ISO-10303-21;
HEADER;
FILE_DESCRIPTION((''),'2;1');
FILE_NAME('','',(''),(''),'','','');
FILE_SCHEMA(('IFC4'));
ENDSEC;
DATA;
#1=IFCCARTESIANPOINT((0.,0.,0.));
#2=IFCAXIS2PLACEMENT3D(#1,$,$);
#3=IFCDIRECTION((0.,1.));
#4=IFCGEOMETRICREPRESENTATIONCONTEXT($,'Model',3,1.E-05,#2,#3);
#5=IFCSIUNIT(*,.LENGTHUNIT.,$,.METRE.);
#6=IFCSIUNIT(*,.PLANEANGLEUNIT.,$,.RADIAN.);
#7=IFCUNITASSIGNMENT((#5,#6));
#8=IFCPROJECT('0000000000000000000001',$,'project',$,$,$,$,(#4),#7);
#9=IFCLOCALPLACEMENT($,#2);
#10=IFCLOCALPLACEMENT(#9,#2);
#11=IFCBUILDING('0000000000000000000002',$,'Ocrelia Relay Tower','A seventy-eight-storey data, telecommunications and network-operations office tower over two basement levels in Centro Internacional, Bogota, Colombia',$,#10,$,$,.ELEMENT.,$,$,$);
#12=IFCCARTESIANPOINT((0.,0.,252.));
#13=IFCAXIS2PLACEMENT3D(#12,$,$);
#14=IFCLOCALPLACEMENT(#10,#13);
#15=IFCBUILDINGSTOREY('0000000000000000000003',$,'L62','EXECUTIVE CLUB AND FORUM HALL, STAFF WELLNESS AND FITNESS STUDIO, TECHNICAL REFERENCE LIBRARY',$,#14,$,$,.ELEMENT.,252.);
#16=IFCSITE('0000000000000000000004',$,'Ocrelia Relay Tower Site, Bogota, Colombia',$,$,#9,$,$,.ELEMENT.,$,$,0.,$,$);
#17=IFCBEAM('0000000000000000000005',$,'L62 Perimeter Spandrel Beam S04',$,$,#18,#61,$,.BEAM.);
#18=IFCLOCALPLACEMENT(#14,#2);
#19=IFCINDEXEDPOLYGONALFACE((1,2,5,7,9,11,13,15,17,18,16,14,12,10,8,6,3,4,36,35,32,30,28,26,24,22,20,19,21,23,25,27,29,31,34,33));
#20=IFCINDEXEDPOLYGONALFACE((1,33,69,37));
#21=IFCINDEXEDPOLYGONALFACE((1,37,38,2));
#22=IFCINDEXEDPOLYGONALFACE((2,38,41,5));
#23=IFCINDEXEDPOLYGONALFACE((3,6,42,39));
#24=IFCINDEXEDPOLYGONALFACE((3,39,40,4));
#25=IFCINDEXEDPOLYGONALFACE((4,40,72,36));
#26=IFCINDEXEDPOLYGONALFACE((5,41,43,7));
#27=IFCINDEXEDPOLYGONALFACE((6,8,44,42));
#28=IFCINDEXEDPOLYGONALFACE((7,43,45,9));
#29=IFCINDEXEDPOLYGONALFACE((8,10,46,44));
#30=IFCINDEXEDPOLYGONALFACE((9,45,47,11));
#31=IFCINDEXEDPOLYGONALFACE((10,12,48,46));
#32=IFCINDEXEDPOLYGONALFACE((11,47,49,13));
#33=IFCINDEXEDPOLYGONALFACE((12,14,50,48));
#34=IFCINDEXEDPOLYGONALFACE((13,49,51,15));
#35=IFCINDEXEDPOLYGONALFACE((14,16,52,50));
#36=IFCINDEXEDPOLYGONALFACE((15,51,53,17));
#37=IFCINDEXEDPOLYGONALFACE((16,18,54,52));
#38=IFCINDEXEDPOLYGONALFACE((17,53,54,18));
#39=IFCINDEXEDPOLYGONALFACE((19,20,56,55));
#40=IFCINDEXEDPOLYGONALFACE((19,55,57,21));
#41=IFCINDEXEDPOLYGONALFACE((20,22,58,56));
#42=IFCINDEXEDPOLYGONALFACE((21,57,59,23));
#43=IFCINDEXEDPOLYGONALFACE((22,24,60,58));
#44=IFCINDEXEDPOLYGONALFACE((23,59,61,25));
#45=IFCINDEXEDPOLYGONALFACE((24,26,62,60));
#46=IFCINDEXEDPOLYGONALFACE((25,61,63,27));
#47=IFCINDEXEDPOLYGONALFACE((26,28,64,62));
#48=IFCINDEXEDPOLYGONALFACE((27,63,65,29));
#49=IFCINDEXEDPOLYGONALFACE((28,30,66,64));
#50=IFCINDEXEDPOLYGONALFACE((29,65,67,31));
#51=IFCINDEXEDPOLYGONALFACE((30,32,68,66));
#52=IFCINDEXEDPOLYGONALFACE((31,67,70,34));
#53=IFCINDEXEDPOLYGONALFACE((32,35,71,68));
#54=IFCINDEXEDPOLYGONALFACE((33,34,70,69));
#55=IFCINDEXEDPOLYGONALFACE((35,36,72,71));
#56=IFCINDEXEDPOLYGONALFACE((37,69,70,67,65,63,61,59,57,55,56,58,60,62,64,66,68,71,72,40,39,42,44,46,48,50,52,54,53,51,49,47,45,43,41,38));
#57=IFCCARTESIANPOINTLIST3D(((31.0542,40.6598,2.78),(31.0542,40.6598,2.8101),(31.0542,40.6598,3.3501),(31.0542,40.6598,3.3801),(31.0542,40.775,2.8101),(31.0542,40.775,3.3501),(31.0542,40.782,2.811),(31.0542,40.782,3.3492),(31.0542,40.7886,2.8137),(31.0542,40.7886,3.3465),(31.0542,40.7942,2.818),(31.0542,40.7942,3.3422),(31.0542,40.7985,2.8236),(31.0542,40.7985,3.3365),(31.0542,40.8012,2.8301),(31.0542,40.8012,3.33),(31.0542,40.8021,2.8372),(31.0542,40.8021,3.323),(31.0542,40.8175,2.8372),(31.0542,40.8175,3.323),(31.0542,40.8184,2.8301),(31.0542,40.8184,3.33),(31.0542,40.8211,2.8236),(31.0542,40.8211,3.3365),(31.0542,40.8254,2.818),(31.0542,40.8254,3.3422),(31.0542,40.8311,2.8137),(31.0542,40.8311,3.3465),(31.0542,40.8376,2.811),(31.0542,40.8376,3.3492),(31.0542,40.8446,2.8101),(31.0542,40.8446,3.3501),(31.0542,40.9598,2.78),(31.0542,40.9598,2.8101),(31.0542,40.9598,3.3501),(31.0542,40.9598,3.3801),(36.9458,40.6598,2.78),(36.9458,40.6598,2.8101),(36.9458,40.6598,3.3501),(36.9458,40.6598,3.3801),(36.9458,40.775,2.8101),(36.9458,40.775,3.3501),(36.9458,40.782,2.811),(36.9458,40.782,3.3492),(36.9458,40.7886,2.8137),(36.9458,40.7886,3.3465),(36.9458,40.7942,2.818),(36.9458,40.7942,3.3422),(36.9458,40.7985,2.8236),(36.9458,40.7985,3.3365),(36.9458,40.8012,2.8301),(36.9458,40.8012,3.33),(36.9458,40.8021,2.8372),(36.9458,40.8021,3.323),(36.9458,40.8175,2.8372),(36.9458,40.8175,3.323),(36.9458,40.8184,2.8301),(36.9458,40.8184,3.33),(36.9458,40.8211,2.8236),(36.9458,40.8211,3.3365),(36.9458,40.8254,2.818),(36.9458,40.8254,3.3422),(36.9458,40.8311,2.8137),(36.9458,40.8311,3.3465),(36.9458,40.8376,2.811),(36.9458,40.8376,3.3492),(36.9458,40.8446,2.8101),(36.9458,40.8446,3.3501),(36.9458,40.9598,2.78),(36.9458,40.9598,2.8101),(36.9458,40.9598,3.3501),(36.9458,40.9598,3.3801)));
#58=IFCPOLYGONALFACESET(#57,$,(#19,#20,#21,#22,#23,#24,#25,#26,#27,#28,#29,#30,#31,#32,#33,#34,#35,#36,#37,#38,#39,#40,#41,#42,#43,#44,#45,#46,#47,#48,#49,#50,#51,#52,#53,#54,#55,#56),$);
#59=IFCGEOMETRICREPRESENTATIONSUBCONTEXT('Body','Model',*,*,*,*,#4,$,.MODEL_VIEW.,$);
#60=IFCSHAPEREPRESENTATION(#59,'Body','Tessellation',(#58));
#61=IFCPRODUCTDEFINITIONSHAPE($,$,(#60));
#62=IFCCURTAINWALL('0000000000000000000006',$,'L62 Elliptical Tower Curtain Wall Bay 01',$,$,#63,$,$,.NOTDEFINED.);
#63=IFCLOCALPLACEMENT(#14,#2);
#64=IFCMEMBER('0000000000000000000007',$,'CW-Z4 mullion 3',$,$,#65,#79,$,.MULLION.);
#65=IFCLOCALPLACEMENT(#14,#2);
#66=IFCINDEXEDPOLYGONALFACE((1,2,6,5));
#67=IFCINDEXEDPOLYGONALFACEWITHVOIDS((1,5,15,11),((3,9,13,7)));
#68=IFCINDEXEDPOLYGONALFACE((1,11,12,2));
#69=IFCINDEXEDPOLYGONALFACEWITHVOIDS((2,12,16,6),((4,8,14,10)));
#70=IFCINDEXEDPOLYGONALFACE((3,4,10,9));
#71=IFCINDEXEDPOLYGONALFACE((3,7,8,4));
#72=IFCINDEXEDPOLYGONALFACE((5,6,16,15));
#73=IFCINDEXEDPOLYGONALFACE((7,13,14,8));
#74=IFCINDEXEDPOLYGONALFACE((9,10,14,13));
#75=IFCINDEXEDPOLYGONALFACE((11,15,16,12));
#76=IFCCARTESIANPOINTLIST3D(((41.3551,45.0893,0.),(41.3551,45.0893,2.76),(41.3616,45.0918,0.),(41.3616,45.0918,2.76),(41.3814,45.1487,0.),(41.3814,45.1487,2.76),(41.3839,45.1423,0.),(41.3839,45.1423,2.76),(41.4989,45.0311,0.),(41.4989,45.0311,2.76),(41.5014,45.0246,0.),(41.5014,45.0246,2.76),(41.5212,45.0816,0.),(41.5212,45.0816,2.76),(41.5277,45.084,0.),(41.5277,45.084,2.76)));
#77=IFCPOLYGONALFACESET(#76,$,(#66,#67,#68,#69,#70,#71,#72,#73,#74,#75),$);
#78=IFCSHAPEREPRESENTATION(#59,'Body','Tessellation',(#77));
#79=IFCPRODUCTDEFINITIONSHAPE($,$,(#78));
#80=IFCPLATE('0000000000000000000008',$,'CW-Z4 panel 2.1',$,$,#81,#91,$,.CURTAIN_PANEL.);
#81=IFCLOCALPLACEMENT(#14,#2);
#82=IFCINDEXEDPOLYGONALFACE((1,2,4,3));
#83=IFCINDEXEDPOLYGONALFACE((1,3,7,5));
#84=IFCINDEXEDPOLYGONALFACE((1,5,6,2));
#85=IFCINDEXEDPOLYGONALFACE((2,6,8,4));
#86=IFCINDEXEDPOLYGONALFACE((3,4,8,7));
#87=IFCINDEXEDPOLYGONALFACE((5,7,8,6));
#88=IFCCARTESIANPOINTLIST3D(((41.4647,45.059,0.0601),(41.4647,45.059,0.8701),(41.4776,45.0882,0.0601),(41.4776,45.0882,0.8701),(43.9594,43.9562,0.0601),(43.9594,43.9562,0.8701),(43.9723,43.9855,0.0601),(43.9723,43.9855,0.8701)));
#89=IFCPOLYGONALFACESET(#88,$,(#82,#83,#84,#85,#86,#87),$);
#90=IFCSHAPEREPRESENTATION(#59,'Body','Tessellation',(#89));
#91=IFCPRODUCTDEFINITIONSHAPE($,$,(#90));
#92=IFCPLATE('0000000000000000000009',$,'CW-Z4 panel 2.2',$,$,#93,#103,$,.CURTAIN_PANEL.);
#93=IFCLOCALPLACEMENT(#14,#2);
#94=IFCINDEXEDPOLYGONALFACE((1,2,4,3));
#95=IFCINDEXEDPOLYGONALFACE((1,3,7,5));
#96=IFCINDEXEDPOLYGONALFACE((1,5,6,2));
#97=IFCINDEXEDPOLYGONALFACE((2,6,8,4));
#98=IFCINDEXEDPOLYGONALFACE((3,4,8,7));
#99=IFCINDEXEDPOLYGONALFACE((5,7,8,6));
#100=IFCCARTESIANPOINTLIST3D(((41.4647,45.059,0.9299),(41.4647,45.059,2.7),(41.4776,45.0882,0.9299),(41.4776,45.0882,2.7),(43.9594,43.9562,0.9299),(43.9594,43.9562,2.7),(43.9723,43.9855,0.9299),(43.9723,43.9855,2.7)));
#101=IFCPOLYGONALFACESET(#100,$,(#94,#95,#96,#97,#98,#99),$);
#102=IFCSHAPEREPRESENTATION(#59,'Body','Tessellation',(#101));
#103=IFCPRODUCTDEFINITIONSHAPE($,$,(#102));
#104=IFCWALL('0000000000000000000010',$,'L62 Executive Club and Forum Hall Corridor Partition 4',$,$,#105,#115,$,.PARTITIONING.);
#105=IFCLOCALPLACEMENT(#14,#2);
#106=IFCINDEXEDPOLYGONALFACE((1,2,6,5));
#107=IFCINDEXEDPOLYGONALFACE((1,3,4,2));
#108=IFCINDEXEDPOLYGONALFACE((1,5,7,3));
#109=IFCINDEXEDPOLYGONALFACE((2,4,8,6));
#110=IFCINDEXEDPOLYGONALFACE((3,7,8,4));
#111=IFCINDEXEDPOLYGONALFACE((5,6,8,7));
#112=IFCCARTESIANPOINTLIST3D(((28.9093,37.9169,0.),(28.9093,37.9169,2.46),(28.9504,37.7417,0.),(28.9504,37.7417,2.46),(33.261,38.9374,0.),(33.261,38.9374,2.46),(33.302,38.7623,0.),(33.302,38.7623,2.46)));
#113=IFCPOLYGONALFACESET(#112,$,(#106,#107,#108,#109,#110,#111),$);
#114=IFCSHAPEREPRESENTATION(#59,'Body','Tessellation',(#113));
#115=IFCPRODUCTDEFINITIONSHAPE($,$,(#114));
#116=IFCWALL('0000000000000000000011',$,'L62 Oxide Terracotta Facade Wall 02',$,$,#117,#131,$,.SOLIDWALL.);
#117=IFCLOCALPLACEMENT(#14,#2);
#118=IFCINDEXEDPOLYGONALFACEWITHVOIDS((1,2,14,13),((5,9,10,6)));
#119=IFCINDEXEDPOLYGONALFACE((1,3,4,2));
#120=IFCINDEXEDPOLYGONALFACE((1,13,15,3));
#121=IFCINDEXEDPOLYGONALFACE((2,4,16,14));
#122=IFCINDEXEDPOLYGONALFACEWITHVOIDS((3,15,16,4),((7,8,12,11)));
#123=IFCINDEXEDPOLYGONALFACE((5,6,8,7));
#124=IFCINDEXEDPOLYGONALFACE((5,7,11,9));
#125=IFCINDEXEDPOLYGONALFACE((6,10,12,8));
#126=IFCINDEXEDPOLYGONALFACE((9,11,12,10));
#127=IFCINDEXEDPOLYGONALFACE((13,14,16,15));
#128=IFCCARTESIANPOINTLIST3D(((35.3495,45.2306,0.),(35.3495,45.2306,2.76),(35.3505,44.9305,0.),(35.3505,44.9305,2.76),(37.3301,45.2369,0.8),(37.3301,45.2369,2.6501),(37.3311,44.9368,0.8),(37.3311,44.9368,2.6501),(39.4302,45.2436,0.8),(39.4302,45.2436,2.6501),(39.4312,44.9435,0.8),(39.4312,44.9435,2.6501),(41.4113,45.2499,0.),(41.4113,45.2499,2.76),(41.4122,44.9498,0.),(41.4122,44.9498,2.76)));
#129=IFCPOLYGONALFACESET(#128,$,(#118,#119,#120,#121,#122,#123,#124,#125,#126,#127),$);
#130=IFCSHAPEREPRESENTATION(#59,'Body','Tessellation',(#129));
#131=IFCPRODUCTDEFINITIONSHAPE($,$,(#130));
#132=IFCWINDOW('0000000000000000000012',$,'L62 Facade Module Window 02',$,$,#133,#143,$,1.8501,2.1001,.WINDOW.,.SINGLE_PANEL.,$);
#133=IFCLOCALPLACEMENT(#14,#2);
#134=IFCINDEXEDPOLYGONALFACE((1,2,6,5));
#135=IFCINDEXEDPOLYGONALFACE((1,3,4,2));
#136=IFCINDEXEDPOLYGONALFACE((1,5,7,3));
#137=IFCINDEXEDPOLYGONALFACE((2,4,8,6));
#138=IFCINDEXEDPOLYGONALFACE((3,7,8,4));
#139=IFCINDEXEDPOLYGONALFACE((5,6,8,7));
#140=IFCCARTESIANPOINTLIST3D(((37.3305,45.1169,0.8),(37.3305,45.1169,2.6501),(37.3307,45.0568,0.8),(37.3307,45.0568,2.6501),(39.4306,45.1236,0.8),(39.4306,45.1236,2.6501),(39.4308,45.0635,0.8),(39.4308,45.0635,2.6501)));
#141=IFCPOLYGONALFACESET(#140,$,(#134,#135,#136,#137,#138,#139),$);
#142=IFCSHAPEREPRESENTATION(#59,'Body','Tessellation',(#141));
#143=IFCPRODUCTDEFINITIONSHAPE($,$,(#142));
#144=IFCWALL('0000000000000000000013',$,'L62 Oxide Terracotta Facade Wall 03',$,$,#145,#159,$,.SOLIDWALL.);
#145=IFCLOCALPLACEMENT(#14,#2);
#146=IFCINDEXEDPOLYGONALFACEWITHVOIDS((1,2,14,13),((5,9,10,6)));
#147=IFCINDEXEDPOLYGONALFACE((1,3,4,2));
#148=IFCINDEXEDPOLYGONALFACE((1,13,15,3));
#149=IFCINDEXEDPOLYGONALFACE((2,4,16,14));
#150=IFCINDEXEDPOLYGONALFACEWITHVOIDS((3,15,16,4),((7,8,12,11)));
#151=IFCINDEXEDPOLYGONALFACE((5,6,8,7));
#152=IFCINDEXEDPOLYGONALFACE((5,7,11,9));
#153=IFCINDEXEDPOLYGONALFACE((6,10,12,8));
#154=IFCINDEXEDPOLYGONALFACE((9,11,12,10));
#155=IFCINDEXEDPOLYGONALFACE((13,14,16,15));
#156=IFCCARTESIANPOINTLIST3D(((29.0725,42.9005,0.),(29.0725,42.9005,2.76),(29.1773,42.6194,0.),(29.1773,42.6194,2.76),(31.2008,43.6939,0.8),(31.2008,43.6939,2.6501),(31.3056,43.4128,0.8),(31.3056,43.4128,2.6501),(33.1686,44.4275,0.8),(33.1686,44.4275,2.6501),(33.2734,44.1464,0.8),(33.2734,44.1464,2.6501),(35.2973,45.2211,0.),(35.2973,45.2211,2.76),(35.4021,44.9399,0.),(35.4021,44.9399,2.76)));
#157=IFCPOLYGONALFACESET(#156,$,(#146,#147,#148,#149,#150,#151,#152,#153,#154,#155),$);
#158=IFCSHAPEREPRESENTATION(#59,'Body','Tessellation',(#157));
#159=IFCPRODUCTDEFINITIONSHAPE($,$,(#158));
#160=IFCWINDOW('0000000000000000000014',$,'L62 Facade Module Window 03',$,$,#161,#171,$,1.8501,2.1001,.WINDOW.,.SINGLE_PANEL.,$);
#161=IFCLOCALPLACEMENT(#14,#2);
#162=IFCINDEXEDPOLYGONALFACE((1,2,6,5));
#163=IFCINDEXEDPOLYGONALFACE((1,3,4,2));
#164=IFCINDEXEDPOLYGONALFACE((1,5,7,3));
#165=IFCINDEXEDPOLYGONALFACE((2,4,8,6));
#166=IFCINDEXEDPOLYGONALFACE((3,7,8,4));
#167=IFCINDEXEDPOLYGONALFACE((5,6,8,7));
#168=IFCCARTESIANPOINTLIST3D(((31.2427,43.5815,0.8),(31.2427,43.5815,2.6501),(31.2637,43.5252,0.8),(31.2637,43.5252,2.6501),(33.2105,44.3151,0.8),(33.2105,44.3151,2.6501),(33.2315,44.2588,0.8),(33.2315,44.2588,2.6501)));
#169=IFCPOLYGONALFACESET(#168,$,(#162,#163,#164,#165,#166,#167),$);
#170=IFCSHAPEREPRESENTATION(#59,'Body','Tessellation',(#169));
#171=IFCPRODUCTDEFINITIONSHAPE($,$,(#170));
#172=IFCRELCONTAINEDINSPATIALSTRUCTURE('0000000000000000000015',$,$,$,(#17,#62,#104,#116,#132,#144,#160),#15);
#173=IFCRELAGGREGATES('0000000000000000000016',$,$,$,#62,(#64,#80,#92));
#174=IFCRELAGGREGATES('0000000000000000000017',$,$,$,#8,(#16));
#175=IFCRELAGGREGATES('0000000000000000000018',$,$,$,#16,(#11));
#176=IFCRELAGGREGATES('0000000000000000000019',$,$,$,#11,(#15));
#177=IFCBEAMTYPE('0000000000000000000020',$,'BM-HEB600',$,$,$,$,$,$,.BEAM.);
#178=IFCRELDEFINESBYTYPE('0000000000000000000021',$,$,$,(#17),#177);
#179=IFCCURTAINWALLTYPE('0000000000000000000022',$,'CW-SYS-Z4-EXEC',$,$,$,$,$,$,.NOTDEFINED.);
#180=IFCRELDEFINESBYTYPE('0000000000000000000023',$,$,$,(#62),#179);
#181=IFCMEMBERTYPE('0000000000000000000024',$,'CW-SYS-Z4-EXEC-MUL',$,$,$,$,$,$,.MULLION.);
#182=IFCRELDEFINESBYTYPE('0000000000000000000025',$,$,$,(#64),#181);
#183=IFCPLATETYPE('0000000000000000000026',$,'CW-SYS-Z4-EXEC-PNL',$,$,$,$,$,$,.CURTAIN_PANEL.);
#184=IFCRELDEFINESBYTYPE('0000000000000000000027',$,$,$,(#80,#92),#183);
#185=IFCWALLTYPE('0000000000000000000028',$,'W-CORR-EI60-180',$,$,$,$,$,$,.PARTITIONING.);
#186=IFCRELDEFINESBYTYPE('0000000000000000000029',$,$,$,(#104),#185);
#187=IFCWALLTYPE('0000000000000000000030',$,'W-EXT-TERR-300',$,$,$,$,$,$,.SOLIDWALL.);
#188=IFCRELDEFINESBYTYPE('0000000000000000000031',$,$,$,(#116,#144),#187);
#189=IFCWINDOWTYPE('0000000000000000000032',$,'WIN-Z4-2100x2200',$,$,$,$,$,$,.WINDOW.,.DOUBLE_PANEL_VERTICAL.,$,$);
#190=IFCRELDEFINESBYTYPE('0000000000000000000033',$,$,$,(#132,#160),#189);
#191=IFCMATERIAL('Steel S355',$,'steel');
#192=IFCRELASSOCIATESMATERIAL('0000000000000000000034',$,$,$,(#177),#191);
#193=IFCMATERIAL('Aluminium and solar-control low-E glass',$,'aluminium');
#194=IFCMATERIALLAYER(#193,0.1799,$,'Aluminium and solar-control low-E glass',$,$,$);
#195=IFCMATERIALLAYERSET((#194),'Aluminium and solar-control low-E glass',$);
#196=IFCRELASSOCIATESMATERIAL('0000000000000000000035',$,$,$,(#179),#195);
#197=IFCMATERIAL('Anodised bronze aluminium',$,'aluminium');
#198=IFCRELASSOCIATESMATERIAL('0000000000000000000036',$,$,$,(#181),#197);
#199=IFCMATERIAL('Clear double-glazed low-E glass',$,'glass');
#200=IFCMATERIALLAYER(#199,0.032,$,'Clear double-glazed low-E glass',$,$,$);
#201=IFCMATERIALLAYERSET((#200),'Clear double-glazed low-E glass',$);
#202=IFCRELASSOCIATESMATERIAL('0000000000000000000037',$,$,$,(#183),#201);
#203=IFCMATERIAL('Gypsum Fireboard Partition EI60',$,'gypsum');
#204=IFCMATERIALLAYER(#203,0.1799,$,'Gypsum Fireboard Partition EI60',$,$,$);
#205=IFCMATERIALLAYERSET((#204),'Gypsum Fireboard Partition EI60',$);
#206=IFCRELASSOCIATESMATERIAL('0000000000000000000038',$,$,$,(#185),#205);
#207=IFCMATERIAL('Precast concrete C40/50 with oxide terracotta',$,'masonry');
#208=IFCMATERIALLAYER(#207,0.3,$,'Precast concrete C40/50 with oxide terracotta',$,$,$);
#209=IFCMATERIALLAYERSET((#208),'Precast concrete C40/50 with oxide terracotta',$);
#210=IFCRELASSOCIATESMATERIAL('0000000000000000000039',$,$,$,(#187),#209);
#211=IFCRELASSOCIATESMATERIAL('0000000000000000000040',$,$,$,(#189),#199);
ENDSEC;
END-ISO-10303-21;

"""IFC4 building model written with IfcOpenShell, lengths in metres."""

from ifc_helpers import new_model, si_unit, direction, frame, frame_2d, origin, origin_2d, place, context, subcontext, project, spatial, rectangle, hollow_rectangle, i_section, extrude, material, layer, layer_set, material_profile, profile_set, type_object, element, fill, aggregate, save


model = new_model("IFC4")

# Units and contexts
model_context = context("Model", 3, precision=1e-05, world=origin(), true_north=direction((0.0, 1.0)))
body_context = subcontext(model_context, "Body", "Model", "MODEL_VIEW")
ifc_project = project(units=[si_unit("LENGTHUNIT", "METRE"), si_unit("PLANEANGLEUNIT", "RADIAN")], contexts=[model_context])

# Site, building, storey
site_placement = place(None, origin())
site = spatial("IfcSite", under=ifc_project, at=site_placement, Name="Ocrelia Relay Tower Site, Bogota, Colombia", CompositionType="ELEMENT", RefElevation=0.0)
building_placement = place(site_placement, origin())
building = spatial("IfcBuilding", under=site, at=building_placement, Name="Ocrelia Relay Tower", Description="A seventy-eight-storey data, telecommunications and network-operations office tower over two basement levels in Centro Internacional, Bogota, Colombia", CompositionType="ELEMENT")
storey_placement = place(building_placement, frame((0.0, 0.0, 252.0)))
storey = spatial("IfcBuildingStorey", under=building, at=storey_placement, Name="L62", Description="EXECUTIVE CLUB AND FORUM HALL, STAFF WELLNESS AND FITNESS STUDIO, TECHNICAL REFERENCE LIBRARY", CompositionType="ELEMENT", Elevation=252.0)

# Beam
ifc_material_1 = material(Name="Steel S355", Category="steel")
ifc_material_profile_1 = material_profile(ifc_material_1, i_section(OverallWidth=0.3, OverallDepth=0.6001, WebThickness=0.0154, FlangeThickness=0.03, FilletRadius=0.0271, at=origin_2d()), Name="HEB 600")
ifc_profile_set_1 = profile_set([ifc_material_profile_1], Name="Steel S355")
beam_type_1 = type_object("IfcBeamType", Name="BM-HEB600", PredefinedType="BEAM", material=ifc_profile_set_1)
beam_1_placement = place(storey_placement, frame((36.9458, 40.8098, 3.0801), z_axis=(-1.0, 0.0, 0.0), x_axis=(0.0, -1.0, 0.0)))
element("IfcBeam", 1, at=beam_1_placement, inside=storey, type_object=beam_type_1, Name="L62 Perimeter Spandrel Beam S04", PredefinedType="BEAM", context=body_context, shape_type="SweptSolid", body=[
    extrude(i_section(OverallWidth=0.3, OverallDepth=0.6001, WebThickness=0.0154, FlangeThickness=0.03, FilletRadius=0.0271, at=origin_2d()), origin(), (0.0, 0.0, 1.0), 5.8916),
])

# Curtain wall, member, plates
ifc_material_2 = material(Name="Aluminium and solar-control low-E glass", Category="aluminium")
ifc_layer_1 = layer(ifc_material_2, 0.1799, Name="Aluminium and solar-control low-E glass")
ifc_layer_set_1 = layer_set([ifc_layer_1], Name="Aluminium and solar-control low-E glass")
curtain_wall_type = type_object("IfcCurtainWallType", Name="CW-SYS-Z4-EXEC", PredefinedType="NOTDEFINED", material=ifc_layer_set_1)
curtain_wall_placement = place(storey_placement, origin())
curtain_wall = element("IfcCurtainWall", 2, at=curtain_wall_placement, inside=storey, type_object=curtain_wall_type, Name="L62 Elliptical Tower Curtain Wall Bay 01", PredefinedType="NOTDEFINED")
ifc_material_3 = material(Name="Anodised bronze aluminium", Category="aluminium")
ifc_material_profile_2 = material_profile(ifc_material_3, hollow_rectangle(XDim=0.0649, YDim=0.1599, WallThickness=0.0049, at=origin_2d()), Name="CW-MUL-160x65")
ifc_profile_set_2 = profile_set([ifc_material_profile_2], Name="Anodised bronze aluminium")
member_type = type_object("IfcMemberType", Name="CW-SYS-Z4-EXEC-MUL", PredefinedType="MULLION", material=ifc_profile_set_2)
member_placement = place(storey_placement, frame((41.4414, 45.0867, 0.0), z_axis=(0.0, 0.0, 1.0), x_axis=(-0.404298, -0.914627, 0.0)))
member = element("IfcMember", 3, at=member_placement, type_object=member_type, Name="CW-Z4 mullion 3", PredefinedType="MULLION", context=body_context, shape_type="SweptSolid", body=[
    extrude(hollow_rectangle(XDim=0.0649, YDim=0.1599, WallThickness=0.0049, at=origin_2d()), origin(), (0.0, 0.0, 1.0), 2.76),
])
ifc_material_4 = material(Name="Clear double-glazed low-E glass", Category="glass")
ifc_layer_2 = layer(ifc_material_4, 0.032, Name="Clear double-glazed low-E glass")
ifc_layer_set_2 = layer_set([ifc_layer_2], Name="Clear double-glazed low-E glass")
plate_type = type_object("IfcPlateType", Name="CW-SYS-Z4-EXEC-PNL", PredefinedType="CURTAIN_PANEL", material=ifc_layer_set_2)
plate_1_placement = place(storey_placement, frame((42.7185, 44.5222, 0.0601), z_axis=(0.0, 0.0, 1.0), x_axis=(-0.914627, 0.404298, 0.0)))
plate_1 = element("IfcPlate", 4, at=plate_1_placement, type_object=plate_type, Name="CW-Z4 panel 2.1", PredefinedType="CURTAIN_PANEL", context=body_context, shape_type="SweptSolid", body=[
    extrude(rectangle(XDim=2.7275, YDim=0.032, at=origin_2d()), origin(), (0.0, 0.0, 1.0), 0.8101),
])
plate_2_placement = place(storey_placement, frame((42.7185, 44.5222, 0.9299), z_axis=(0.0, 0.0, 1.0), x_axis=(-0.914627, 0.404298, 0.0)))
plate_2 = element("IfcPlate", 5, at=plate_2_placement, type_object=plate_type, Name="CW-Z4 panel 2.2", PredefinedType="CURTAIN_PANEL", context=body_context, shape_type="SweptSolid", body=[
    extrude(rectangle(XDim=2.7275, YDim=0.032, at=origin_2d()), origin(), (0.0, 0.0, 1.0), 1.77),
])
aggregate(curtain_wall, [member, plate_1, plate_2])

# Wall
ifc_material_5 = material(Name="Gypsum Fireboard Partition EI60", Category="gypsum")
ifc_layer_3 = layer(ifc_material_5, 0.1799, Name="Gypsum Fireboard Partition EI60")
ifc_layer_set_3 = layer_set([ifc_layer_3], Name="Gypsum Fireboard Partition EI60")
wall_type_1 = type_object("IfcWallType", Name="W-CORR-EI60-180", PredefinedType="PARTITIONING", material=ifc_layer_set_3)
wall_1_placement = place(storey_placement, frame((33.2815, 38.8499, 0.0), z_axis=(0.0, 0.0, 1.0), x_axis=(-0.973586, -0.228321, 0.0)))
element("IfcWall", 6, at=wall_1_placement, inside=storey, type_object=wall_type_1, Name="L62 Executive Club and Forum Hall Corridor Partition 4", PredefinedType="PARTITIONING", context=body_context, shape_type="SweptSolid", body=[
    extrude(rectangle(XDim=4.4697, YDim=0.1799, at=frame_2d((2.2349, 0.0))), origin(), (0.0, 0.0, 1.0), 2.46),
])

# Walls, openings, windows
ifc_material_6 = material(Name="Precast concrete C40/50 with oxide terracotta", Category="masonry")
ifc_layer_4 = layer(ifc_material_6, 0.3, Name="Precast concrete C40/50 with oxide terracotta")
ifc_layer_set_4 = layer_set([ifc_layer_4], Name="Precast concrete C40/50 with oxide terracotta")
wall_type_2 = type_object("IfcWallType", Name="W-EXT-TERR-300", PredefinedType="SOLIDWALL", material=ifc_layer_set_4)
wall_2_placement = place(storey_placement, frame((41.4116, 45.0999, 0.0), z_axis=(0.0, 0.0, 1.0), x_axis=(-0.999995, -0.003182, 0.0)))
wall_2 = element("IfcWall", 7, at=wall_2_placement, inside=storey, type_object=wall_type_2, Name="L62 Oxide Terracotta Facade Wall 02", PredefinedType="SOLIDWALL", context=body_context, shape_type="SweptSolid", body=[
    extrude(rectangle(XDim=6.0618, YDim=0.3, at=frame_2d((3.0308, 0.0))), origin(), (0.0, 0.0, 1.0), 2.76),
])
opening_1_placement = place(wall_2_placement, frame((1.981, 0.0, 0.8)))
opening_1 = element("IfcOpeningElement", 8, at=opening_1_placement, cuts=wall_2, PredefinedType="OPENING", context=body_context, shape_type="SweptSolid", body=[
    extrude(rectangle(XDim=2.1001, YDim=1.8501, at=frame_2d((1.05, 0.925))), frame((0.0, 0.1602, 0.0), z_axis=(0.0, -1.0, 0.0), x_axis=(1.0, 0.0, 0.0)), (0.0, 0.0, 1.0), 0.3201),
])
window_type = type_object("IfcWindowType", Name="WIN-Z4-2100x2200", PartitioningType="DOUBLE_PANEL_VERTICAL", PredefinedType="WINDOW", material=ifc_material_4)
window_1_placement = place(opening_1_placement, origin())
window_1 = element("IfcWindow", 9, at=window_1_placement, inside=storey, type_object=window_type, Name="L62 Facade Module Window 02", OverallHeight=1.8501, OverallWidth=2.1001, PartitioningType="SINGLE_PANEL", PredefinedType="WINDOW", context=body_context, shape_type="SweptSolid", body=[
    extrude(rectangle(XDim=2.1001, YDim=1.8501, at=frame_2d((1.05, 0.925))), frame((0.0, 0.03, 0.0), z_axis=(0.0, -1.0, 0.0), x_axis=(1.0, 0.0, 0.0)), (0.0, 0.0, 1.0), 0.0601),
])
fill(opening_1, window_1)
wall_3_placement = place(storey_placement, frame((35.3499, 45.0806, 0.0), z_axis=(0.0, 0.0, 1.0), x_axis=(-0.937009, -0.349306, 0.0)))
wall_3 = element("IfcWall", 10, at=wall_3_placement, inside=storey, type_object=wall_type_2, Name="L62 Oxide Terracotta Facade Wall 03", PredefinedType="SOLIDWALL", context=body_context, shape_type="SweptSolid", body=[
    extrude(rectangle(XDim=6.6433, YDim=0.3, at=frame_2d((3.3218, 0.0))), origin(), (0.0, 0.0, 1.0), 2.76),
])
opening_2_placement = place(wall_3_placement, frame((2.272, 0.0, 0.8)))
opening_2 = element("IfcOpeningElement", 11, at=opening_2_placement, cuts=wall_3, PredefinedType="OPENING", context=body_context, shape_type="SweptSolid", body=[
    extrude(rectangle(XDim=2.1001, YDim=1.8501, at=frame_2d((1.05, 0.925))), frame((0.0, 0.1602, 0.0), z_axis=(0.0, -1.0, 0.0), x_axis=(1.0, 0.0, 0.0)), (0.0, 0.0, 1.0), 0.3201),
])
window_2_placement = place(opening_2_placement, origin())
window_2 = element("IfcWindow", 12, at=window_2_placement, inside=storey, type_object=window_type, Name="L62 Facade Module Window 03", OverallHeight=1.8501, OverallWidth=2.1001, PartitioningType="SINGLE_PANEL", PredefinedType="WINDOW", context=body_context, shape_type="SweptSolid", body=[
    extrude(rectangle(XDim=2.1001, YDim=1.8501, at=frame_2d((1.05, 0.925))), frame((0.0, 0.03, 0.0), z_axis=(0.0, -1.0, 0.0), x_axis=(1.0, 0.0, 0.0)), (0.0, 0.0, 1.0), 0.0601),
])
fill(opening_2, window_2)

save(model, "model.ifc")
